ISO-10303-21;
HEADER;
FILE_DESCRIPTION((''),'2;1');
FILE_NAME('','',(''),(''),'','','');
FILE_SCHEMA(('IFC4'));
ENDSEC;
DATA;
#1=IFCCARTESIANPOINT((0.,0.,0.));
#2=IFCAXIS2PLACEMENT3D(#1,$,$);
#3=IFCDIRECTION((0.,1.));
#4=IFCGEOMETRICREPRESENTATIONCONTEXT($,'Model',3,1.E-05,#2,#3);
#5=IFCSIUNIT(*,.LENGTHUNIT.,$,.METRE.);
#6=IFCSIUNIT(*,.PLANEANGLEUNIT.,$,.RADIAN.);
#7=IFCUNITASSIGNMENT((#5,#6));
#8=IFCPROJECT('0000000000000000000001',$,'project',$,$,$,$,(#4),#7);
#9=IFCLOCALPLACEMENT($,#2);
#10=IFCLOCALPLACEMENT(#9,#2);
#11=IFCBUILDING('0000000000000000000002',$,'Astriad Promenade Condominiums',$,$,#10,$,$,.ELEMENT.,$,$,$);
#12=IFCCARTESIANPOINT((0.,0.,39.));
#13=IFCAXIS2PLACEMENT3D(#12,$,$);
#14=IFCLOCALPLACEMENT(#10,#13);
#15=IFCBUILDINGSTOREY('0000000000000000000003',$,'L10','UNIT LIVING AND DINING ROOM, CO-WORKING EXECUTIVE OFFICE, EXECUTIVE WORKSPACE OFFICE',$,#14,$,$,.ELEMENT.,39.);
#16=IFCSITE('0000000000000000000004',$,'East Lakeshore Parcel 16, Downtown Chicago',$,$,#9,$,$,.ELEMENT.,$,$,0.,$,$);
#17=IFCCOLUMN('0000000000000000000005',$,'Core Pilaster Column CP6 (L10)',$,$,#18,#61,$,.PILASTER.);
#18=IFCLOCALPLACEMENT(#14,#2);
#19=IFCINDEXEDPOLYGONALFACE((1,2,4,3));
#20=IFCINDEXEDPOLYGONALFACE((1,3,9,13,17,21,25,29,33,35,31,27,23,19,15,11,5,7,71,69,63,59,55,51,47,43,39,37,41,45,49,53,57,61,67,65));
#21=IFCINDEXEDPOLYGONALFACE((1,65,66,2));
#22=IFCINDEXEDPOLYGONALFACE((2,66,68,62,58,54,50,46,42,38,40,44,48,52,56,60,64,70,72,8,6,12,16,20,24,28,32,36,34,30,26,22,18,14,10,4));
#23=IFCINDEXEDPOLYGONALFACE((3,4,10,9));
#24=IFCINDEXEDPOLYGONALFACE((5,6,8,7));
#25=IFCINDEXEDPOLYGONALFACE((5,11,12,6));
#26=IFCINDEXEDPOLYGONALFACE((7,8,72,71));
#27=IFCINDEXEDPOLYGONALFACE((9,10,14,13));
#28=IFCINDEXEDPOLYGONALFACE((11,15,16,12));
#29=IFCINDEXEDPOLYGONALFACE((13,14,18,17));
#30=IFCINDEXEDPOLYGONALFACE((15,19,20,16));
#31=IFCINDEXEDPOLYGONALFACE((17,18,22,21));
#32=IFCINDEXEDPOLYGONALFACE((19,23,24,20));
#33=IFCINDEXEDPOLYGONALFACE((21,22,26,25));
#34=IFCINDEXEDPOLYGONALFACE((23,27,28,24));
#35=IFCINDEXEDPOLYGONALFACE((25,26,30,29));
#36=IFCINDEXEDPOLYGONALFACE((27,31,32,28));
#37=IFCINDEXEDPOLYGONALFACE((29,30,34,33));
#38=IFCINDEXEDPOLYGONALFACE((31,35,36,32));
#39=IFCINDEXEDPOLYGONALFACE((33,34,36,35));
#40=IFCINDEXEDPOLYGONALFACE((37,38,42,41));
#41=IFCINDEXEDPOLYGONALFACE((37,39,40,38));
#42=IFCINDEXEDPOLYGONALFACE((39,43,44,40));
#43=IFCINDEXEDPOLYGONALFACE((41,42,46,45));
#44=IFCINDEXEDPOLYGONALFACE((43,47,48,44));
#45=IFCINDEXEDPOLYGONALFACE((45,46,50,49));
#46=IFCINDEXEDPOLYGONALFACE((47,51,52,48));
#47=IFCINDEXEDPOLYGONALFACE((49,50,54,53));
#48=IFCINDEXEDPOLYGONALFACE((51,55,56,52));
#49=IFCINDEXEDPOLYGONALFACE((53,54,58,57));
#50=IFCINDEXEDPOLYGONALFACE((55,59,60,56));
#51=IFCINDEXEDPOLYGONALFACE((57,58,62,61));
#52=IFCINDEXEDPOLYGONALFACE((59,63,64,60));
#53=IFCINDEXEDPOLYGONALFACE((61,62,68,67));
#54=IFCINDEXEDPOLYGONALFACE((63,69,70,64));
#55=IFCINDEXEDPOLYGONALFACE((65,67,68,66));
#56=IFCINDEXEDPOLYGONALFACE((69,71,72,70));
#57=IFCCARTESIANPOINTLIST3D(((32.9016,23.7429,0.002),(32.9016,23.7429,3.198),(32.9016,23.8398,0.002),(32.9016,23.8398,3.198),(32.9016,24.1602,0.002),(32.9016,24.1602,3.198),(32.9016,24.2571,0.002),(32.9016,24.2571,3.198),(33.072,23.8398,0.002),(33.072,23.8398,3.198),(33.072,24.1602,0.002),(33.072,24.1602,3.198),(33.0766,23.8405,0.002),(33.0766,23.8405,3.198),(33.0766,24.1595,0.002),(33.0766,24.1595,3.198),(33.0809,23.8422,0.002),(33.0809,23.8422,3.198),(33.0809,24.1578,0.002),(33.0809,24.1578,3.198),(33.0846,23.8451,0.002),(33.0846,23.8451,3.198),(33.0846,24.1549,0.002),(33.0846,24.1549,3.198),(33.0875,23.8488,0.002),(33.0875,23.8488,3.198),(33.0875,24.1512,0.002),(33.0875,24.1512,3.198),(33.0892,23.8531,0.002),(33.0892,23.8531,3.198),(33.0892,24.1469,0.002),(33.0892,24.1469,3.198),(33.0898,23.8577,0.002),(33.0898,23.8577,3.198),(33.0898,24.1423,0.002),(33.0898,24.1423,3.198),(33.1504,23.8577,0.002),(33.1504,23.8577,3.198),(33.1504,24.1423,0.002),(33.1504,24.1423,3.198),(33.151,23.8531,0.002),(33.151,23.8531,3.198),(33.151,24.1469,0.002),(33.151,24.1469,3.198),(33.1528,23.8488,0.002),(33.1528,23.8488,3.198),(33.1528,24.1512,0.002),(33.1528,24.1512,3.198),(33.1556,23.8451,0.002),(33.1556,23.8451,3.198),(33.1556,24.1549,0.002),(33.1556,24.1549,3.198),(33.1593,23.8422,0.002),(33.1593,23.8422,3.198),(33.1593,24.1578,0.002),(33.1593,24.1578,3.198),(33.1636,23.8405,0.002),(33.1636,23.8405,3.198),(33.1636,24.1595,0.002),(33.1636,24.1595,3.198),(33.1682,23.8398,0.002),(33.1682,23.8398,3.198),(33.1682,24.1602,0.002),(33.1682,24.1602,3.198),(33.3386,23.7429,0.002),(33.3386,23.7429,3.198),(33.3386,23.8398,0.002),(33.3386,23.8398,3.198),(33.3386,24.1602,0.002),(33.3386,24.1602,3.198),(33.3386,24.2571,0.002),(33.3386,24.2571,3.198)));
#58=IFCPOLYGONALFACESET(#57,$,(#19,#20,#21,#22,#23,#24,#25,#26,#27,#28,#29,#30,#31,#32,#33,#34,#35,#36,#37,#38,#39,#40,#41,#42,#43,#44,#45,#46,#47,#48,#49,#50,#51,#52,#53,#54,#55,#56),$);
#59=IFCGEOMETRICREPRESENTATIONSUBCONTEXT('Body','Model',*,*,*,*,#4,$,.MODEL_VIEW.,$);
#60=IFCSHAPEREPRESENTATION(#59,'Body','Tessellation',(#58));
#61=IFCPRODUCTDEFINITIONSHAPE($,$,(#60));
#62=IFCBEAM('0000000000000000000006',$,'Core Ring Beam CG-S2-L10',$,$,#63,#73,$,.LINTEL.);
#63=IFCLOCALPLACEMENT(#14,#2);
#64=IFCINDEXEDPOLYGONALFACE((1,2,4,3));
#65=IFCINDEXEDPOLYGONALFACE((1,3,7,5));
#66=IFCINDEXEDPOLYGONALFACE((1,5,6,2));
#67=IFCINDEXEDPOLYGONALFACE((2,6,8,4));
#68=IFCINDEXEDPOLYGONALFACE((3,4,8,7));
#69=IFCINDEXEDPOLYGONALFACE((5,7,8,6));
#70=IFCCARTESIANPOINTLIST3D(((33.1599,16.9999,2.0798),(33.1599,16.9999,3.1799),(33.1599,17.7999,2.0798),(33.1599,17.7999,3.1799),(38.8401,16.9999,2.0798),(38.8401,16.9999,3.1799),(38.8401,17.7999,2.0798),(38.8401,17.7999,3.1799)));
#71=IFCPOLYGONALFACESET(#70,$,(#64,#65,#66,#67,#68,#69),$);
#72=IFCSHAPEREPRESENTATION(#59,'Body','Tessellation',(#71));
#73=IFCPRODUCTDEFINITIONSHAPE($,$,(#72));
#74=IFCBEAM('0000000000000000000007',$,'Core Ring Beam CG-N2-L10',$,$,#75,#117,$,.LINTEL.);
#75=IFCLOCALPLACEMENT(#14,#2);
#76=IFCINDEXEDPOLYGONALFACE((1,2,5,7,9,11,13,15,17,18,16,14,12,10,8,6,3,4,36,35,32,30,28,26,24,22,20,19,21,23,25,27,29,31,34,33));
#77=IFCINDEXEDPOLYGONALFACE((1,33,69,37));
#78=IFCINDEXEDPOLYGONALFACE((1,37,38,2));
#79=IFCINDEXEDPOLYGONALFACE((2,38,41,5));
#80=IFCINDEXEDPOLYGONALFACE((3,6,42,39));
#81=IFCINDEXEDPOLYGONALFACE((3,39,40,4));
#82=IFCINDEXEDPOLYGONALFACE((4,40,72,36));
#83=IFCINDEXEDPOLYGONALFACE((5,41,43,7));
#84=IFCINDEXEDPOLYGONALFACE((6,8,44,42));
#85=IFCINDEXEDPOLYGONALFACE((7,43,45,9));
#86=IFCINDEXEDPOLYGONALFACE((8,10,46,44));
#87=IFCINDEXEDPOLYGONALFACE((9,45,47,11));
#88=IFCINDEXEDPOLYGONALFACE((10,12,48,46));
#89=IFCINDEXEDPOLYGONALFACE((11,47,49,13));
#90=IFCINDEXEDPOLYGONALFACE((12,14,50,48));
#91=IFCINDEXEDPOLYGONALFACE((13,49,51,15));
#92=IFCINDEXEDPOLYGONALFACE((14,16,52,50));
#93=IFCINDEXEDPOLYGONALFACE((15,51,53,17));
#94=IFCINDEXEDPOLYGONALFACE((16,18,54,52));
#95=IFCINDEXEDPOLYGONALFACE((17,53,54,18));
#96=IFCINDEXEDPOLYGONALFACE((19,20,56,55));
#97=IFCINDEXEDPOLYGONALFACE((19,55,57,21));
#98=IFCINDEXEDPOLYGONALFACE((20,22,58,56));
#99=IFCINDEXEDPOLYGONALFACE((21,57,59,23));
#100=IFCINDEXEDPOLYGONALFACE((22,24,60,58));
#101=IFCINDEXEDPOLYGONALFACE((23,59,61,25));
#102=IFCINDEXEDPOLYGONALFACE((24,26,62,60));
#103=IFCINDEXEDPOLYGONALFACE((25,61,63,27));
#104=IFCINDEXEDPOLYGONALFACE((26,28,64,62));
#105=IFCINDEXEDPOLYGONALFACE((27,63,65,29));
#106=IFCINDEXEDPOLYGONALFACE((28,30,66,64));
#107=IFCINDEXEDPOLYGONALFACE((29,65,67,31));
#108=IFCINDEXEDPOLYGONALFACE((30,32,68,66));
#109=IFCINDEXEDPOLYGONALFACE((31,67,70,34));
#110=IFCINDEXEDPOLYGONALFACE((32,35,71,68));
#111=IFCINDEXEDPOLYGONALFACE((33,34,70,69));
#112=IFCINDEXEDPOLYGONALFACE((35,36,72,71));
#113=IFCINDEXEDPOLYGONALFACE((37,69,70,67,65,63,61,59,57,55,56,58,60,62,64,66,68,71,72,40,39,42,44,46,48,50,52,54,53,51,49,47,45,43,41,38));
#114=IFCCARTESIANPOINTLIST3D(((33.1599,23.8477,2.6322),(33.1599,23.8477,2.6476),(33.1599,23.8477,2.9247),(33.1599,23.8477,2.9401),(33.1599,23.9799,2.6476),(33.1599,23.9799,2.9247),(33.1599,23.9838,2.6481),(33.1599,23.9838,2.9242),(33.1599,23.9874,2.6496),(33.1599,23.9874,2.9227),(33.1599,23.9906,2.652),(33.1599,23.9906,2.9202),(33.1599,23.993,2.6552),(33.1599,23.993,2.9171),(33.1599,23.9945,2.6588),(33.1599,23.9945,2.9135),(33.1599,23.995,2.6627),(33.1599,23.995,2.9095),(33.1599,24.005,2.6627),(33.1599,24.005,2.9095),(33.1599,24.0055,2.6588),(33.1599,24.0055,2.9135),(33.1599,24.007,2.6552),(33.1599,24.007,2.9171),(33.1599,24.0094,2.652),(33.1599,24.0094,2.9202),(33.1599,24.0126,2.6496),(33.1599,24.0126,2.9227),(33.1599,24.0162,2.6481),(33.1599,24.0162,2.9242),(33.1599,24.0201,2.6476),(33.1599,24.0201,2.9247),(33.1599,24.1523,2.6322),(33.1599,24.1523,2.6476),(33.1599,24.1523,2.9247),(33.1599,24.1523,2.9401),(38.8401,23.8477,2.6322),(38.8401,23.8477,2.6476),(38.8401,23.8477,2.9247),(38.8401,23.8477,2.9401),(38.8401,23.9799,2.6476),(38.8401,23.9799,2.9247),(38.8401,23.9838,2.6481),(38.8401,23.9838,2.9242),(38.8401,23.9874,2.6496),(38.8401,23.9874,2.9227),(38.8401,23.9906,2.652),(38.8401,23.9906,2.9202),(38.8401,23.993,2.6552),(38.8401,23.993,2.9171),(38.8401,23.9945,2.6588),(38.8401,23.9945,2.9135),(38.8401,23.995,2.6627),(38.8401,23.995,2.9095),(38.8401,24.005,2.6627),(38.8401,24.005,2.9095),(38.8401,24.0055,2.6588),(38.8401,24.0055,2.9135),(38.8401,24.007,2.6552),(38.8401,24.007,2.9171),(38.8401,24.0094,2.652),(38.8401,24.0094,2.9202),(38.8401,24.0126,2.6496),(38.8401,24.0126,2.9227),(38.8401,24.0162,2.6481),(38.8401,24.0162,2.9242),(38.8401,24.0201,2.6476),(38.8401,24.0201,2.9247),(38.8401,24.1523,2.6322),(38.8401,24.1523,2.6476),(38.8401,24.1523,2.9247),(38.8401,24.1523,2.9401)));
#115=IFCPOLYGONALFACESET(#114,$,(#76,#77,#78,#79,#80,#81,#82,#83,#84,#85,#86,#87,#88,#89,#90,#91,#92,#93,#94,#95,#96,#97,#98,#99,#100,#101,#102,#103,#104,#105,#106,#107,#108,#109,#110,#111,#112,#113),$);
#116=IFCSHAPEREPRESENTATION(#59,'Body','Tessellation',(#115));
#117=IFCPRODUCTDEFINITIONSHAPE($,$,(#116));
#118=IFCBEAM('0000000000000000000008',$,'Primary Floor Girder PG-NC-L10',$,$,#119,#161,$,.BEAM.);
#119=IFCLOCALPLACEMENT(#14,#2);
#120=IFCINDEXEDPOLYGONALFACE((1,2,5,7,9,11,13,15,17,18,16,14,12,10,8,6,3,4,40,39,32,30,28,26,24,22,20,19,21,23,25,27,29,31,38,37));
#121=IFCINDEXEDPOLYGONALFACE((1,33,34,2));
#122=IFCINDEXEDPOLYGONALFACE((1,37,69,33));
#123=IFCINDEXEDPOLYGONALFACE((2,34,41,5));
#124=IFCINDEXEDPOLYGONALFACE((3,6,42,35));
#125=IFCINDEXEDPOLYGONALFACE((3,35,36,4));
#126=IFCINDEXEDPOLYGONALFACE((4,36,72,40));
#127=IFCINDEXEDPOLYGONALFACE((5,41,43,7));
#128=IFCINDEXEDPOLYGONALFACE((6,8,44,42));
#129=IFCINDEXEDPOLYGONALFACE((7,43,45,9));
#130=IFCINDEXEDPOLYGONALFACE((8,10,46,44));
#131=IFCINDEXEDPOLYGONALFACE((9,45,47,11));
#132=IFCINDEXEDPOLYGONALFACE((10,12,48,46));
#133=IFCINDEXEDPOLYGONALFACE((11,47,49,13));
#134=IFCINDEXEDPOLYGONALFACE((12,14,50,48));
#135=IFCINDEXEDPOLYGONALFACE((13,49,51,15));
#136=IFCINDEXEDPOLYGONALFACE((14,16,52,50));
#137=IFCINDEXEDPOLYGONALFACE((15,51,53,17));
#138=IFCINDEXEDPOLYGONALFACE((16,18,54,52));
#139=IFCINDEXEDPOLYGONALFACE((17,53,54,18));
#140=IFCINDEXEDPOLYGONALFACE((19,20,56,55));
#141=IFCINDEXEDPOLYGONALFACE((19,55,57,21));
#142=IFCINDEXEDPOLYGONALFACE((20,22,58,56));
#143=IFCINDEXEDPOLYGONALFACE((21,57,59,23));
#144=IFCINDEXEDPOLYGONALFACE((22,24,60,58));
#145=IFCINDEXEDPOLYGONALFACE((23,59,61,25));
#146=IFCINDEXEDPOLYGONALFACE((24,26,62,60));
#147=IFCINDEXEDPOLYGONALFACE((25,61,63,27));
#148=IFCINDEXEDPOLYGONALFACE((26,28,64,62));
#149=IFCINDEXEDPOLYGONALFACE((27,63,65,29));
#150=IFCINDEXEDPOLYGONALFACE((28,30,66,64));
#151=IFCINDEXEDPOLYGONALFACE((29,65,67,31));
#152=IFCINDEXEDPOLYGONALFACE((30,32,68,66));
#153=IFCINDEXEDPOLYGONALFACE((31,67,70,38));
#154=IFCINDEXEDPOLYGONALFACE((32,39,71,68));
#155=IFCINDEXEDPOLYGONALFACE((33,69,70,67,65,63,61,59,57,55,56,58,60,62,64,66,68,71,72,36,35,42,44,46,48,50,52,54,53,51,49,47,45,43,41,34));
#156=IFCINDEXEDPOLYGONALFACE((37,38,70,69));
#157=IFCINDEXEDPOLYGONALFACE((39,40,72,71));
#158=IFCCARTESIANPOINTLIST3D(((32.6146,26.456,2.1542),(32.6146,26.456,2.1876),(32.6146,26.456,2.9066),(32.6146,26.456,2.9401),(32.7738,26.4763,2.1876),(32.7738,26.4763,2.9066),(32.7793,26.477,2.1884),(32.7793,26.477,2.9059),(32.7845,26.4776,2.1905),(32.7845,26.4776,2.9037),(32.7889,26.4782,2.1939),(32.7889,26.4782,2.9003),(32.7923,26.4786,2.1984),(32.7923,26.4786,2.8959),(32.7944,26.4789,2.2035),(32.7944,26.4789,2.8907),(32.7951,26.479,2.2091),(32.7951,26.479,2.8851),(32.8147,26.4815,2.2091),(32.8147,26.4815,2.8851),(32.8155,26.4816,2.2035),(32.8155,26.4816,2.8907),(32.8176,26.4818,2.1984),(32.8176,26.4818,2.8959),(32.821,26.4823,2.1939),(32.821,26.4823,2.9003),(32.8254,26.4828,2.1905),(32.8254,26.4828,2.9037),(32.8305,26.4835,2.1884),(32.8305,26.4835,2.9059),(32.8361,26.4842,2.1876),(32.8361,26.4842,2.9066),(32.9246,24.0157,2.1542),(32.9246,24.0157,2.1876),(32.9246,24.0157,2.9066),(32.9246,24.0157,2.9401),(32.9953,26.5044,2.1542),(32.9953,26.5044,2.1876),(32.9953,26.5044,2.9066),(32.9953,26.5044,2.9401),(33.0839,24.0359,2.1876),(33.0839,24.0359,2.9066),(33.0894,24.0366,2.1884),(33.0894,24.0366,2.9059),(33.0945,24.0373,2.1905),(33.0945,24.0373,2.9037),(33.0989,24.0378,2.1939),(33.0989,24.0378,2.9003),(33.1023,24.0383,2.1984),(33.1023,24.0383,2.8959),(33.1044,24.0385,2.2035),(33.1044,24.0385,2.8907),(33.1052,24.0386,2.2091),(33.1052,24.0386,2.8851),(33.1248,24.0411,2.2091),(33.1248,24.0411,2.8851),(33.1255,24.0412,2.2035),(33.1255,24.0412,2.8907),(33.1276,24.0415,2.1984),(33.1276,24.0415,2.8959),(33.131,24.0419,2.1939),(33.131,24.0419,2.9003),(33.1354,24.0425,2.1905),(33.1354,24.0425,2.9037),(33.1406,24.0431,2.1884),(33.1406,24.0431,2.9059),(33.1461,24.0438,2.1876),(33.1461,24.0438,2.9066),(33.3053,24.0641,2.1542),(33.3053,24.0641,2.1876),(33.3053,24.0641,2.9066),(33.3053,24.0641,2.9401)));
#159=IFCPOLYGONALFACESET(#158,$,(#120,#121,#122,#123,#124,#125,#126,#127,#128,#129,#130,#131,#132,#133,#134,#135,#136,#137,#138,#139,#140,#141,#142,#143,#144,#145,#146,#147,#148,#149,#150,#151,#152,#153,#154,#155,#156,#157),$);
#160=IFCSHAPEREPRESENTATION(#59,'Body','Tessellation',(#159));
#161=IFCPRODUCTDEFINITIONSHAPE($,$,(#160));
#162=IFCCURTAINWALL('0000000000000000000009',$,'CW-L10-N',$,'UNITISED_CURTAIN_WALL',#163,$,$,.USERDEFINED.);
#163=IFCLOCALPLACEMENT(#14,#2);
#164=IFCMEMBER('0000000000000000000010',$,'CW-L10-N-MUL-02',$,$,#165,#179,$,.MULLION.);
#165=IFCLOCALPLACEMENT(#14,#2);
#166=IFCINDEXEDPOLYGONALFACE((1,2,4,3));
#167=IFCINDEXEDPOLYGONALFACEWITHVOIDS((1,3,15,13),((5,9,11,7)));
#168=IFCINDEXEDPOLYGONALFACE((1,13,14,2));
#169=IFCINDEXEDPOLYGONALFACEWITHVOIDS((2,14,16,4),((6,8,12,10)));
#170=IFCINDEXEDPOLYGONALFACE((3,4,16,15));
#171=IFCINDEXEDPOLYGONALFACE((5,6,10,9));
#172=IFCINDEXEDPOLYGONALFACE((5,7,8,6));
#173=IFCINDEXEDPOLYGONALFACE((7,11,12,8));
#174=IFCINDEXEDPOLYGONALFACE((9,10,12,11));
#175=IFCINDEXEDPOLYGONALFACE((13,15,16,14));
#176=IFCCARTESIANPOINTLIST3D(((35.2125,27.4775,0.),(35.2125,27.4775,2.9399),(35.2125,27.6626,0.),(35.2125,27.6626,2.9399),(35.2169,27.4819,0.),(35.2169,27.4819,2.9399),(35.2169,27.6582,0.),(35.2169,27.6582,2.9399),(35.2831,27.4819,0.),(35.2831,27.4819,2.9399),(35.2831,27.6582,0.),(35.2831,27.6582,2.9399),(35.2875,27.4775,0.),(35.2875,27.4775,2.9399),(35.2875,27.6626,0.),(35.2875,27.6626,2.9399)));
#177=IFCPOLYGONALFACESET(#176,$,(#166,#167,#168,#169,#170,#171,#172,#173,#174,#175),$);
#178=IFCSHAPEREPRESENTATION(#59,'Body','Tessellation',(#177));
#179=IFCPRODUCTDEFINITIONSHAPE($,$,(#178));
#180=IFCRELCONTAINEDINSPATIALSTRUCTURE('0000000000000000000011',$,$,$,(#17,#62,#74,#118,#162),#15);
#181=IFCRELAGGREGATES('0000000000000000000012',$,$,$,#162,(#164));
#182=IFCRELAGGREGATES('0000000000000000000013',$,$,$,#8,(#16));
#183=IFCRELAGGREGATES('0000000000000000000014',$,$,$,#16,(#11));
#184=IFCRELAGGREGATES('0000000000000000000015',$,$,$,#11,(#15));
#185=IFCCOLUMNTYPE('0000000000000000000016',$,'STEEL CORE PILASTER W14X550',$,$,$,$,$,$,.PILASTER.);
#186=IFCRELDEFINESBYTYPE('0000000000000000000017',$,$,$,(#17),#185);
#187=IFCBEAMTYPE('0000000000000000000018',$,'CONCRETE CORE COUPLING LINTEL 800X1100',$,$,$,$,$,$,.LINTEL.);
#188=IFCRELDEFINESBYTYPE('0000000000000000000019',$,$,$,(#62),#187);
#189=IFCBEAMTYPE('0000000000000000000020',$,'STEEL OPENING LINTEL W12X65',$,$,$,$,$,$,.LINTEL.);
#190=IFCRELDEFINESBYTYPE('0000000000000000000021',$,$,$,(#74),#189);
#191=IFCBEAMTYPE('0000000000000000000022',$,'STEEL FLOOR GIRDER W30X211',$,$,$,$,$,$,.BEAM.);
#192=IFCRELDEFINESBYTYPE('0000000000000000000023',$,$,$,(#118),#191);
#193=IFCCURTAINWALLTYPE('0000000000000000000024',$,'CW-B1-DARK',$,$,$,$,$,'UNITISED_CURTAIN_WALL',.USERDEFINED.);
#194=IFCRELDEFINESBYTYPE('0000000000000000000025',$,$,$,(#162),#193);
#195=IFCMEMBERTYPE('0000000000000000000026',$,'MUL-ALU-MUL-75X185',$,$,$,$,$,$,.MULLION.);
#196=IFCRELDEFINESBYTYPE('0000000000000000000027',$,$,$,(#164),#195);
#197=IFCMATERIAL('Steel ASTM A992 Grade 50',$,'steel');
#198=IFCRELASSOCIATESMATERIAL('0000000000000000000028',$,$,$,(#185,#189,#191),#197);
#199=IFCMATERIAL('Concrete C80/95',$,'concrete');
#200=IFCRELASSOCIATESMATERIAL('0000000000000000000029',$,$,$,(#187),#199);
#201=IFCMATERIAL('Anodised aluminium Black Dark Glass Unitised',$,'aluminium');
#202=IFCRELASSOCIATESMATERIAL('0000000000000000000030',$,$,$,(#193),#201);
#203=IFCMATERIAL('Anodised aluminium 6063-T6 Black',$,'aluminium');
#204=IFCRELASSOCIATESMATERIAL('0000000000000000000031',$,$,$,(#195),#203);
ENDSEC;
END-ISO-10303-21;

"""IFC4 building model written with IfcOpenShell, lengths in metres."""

from ifc_helpers import new_model, si_unit, direction, frame, origin, origin_2d, place, context, subcontext, project, spatial, rectangle, hollow_rectangle, i_section, extrude, source, transform, mapped, material, material_profile, profile_set, type_object, type_shapes, element, aggregate, save


model = new_model("IFC4")

# Units and contexts
model_context = context("Model", 3, precision=1e-05, world=origin(), true_north=direction((0.0, 1.0)))
body_context = subcontext(model_context, "Body", "Model", "MODEL_VIEW")
ifc_project = project(units=[si_unit("LENGTHUNIT", "METRE"), si_unit("PLANEANGLEUNIT", "RADIAN")], contexts=[model_context])

# Site, building, storey
site_placement = place(None, origin())
site = spatial("IfcSite", under=ifc_project, at=site_placement, Name="East Lakeshore Parcel 16, Downtown Chicago", CompositionType="ELEMENT", RefElevation=0.0)
building_placement = place(site_placement, origin())
building = spatial("IfcBuilding", under=site, at=building_placement, Name="Astriad Promenade Condominiums", CompositionType="ELEMENT")
storey_placement = place(building_placement, frame((0.0, 0.0, 39.0)))
storey = spatial("IfcBuildingStorey", under=building, at=storey_placement, Name="L10", Description="UNIT LIVING AND DINING ROOM, CO-WORKING EXECUTIVE OFFICE, EXECUTIVE WORKSPACE OFFICE", CompositionType="ELEMENT", Elevation=39.0)

# Column
ifc_material_1 = material(Name="Steel ASTM A992 Grade 50", Category="steel")
ifc_material_profile_1 = material_profile(ifc_material_1, i_section(OverallWidth=0.437, OverallDepth=0.5142, WebThickness=0.0605, FlangeThickness=0.0969, FilletRadius=0.0178, at=origin_2d()), Name="W14X550")
ifc_profile_set_1 = profile_set([ifc_material_profile_1], Name="Steel ASTM A992 Grade 50")
column_type = type_object("IfcColumnType", Name="STEEL CORE PILASTER W14X550", PredefinedType="PILASTER", material=ifc_profile_set_1)
shared_shape_1 = source(origin(), body_context, "Body", "SweptSolid", [
    extrude(i_section(OverallWidth=0.437, OverallDepth=0.5142, WebThickness=0.0605, FlangeThickness=0.0969, FilletRadius=0.0178, at=origin_2d()), origin(), (0.0, 0.0, 1.0), 3.196),
])
type_shapes(column_type, [shared_shape_1])
column_placement = place(storey_placement, frame((33.1201, 24.0, 0.002), z_axis=(0.0, 0.0, 1.0), x_axis=(1.0, 0.0, 0.0)))
element("IfcColumn", 1, at=column_placement, inside=storey, type_object=column_type, Name="Core Pilaster Column CP6 (L10)", PredefinedType="PILASTER", context=body_context, shape_type="MappedRepresentation", body=[
    mapped(shared_shape_1, transform((0.0, 0.0, 0.0), scale=1.0)),
])

# Beams
ifc_material_2 = material(Name="Concrete C80/95", Category="concrete")
ifc_material_profile_2 = material_profile(ifc_material_2, rectangle(XDim=0.8, YDim=1.1001, at=origin_2d()), Name="RC-BM-800X1100")
ifc_profile_set_2 = profile_set([ifc_material_profile_2], Name="Concrete C80/95")
beam_type_1 = type_object("IfcBeamType", Name="CONCRETE CORE COUPLING LINTEL 800X1100", PredefinedType="LINTEL", material=ifc_profile_set_2)
shared_shape_2 = source(origin(), body_context, "Body", "SweptSolid", [
    extrude(rectangle(XDim=0.8, YDim=1.1001, at=origin_2d()), origin(), (0.0, 0.0, 1.0), 5.6802),
])
type_shapes(beam_type_1, [shared_shape_2])
beam_1_placement = place(storey_placement, frame((33.1599, 17.3999, 2.6299), z_axis=(1.0, 0.0, 0.0), x_axis=(0.0, 1.0, 0.0)))
element("IfcBeam", 2, at=beam_1_placement, inside=storey, type_object=beam_type_1, Name="Core Ring Beam CG-S2-L10", PredefinedType="LINTEL", context=body_context, shape_type="MappedRepresentation", body=[
    mapped(shared_shape_2, transform((0.0, 0.0, 0.0), scale=1.0)),
])
ifc_material_profile_3 = material_profile(ifc_material_1, i_section(OverallWidth=0.3047, OverallDepth=0.3079, WebThickness=0.01, FlangeThickness=0.0154, FilletRadius=0.0151, at=origin_2d()), Name="W12X65")
ifc_profile_set_3 = profile_set([ifc_material_profile_3], Name="Steel ASTM A992 Grade 50")
beam_type_2 = type_object("IfcBeamType", Name="STEEL OPENING LINTEL W12X65", PredefinedType="LINTEL", material=ifc_profile_set_3)
shared_shape_3 = source(origin(), body_context, "Body", "SweptSolid", [
    extrude(i_section(OverallWidth=0.3047, OverallDepth=0.3079, WebThickness=0.01, FlangeThickness=0.0154, FilletRadius=0.0151, at=origin_2d()), origin(), (0.0, 0.0, 1.0), 5.6802),
])
type_shapes(beam_type_2, [shared_shape_3])
beam_2_placement = place(storey_placement, frame((33.1599, 24.0, 2.7861), z_axis=(1.0, 0.0, 0.0), x_axis=(0.0, 1.0, 0.0)))
element("IfcBeam", 3, at=beam_2_placement, inside=storey, type_object=beam_type_2, Name="Core Ring Beam CG-N2-L10", PredefinedType="LINTEL", context=body_context, shape_type="MappedRepresentation", body=[
    mapped(shared_shape_3, transform((0.0, 0.0, 0.0), scale=1.0)),
])
ifc_material_profile_4 = material_profile(ifc_material_1, i_section(OverallWidth=0.3838, OverallDepth=0.7859, WebThickness=0.0198, FlangeThickness=0.0334, FilletRadius=0.0215, at=origin_2d()), Name="W30X211")
ifc_profile_set_4 = profile_set([ifc_material_profile_4], Name="Steel ASTM A992 Grade 50")
beam_type_3 = type_object("IfcBeamType", Name="STEEL FLOOR GIRDER W30X211", PredefinedType="BEAM", material=ifc_profile_set_4)
shared_shape_4 = source(origin(), body_context, "Body", "SweptSolid", [
    extrude(i_section(OverallWidth=0.3838, OverallDepth=0.7859, WebThickness=0.0198, FlangeThickness=0.0334, FilletRadius=0.0215, at=origin_2d()), origin(), (0.0, 0.0, 1.0), 2.46),
])
type_shapes(beam_type_3, [shared_shape_4])
beam_3_placement = place(storey_placement, frame((32.8049, 26.4802, 2.5471), z_axis=(0.126038, -0.992025, 0.0), x_axis=(0.992025, 0.126038, 0.0)))
element("IfcBeam", 4, at=beam_3_placement, inside=storey, type_object=beam_type_3, Name="Primary Floor Girder PG-NC-L10", PredefinedType="BEAM", context=body_context, shape_type="MappedRepresentation", body=[
    mapped(shared_shape_4, transform((0.0, 0.0, 0.0), scale=1.0)),
])

# Curtain wall, member
ifc_material_3 = material(Name="Anodised aluminium Black Dark Glass Unitised", Category="aluminium")
curtain_wall_type = type_object("IfcCurtainWallType", Name="CW-B1-DARK", ElementType="UNITISED_CURTAIN_WALL", PredefinedType="USERDEFINED", material=ifc_material_3)
curtain_wall_placement = place(storey_placement, origin())
curtain_wall = element("IfcCurtainWall", 5, at=curtain_wall_placement, inside=storey, type_object=curtain_wall_type, Name="CW-L10-N", ObjectType="UNITISED_CURTAIN_WALL", PredefinedType="USERDEFINED")
ifc_material_4 = material(Name="Anodised aluminium 6063-T6 Black", Category="aluminium")
ifc_material_profile_5 = material_profile(ifc_material_4, hollow_rectangle(XDim=0.075, YDim=0.1851, WallThickness=0.0044, at=origin_2d()), Name="ALU-MUL-75X185")
ifc_profile_set_5 = profile_set([ifc_material_profile_5], Name="Anodised aluminium 6063-T6 Black")
member_type_1 = type_object("IfcMemberType", Name="MUL-ALU-MUL-75X185", PredefinedType="MULLION", material=ifc_profile_set_5)
shared_shape_5 = source(origin(), body_context, "Body", "SweptSolid", [
    extrude(hollow_rectangle(XDim=0.075, YDim=0.1851, WallThickness=0.0044, at=origin_2d()), origin(), (0.0, 0.0, 1.0), 2.9399),
])
type_shapes(member_type_1, [shared_shape_5])
member_1_placement = place(storey_placement, frame((35.25, 27.5701, 0.0), z_axis=(0.0, 0.0, 1.0), x_axis=(1.0, 0.0, 0.0)))
member_1 = element("IfcMember", 6, at=member_1_placement, type_object=member_type_1, Name="CW-L10-N-MUL-02", PredefinedType="MULLION", context=body_context, shape_type="MappedRepresentation", body=[
    mapped(shared_shape_5, transform((0.0, 0.0, 0.0), scale=1.0)),
])
aggregate(curtain_wall, [member_1])

save(model, "model.ifc")
